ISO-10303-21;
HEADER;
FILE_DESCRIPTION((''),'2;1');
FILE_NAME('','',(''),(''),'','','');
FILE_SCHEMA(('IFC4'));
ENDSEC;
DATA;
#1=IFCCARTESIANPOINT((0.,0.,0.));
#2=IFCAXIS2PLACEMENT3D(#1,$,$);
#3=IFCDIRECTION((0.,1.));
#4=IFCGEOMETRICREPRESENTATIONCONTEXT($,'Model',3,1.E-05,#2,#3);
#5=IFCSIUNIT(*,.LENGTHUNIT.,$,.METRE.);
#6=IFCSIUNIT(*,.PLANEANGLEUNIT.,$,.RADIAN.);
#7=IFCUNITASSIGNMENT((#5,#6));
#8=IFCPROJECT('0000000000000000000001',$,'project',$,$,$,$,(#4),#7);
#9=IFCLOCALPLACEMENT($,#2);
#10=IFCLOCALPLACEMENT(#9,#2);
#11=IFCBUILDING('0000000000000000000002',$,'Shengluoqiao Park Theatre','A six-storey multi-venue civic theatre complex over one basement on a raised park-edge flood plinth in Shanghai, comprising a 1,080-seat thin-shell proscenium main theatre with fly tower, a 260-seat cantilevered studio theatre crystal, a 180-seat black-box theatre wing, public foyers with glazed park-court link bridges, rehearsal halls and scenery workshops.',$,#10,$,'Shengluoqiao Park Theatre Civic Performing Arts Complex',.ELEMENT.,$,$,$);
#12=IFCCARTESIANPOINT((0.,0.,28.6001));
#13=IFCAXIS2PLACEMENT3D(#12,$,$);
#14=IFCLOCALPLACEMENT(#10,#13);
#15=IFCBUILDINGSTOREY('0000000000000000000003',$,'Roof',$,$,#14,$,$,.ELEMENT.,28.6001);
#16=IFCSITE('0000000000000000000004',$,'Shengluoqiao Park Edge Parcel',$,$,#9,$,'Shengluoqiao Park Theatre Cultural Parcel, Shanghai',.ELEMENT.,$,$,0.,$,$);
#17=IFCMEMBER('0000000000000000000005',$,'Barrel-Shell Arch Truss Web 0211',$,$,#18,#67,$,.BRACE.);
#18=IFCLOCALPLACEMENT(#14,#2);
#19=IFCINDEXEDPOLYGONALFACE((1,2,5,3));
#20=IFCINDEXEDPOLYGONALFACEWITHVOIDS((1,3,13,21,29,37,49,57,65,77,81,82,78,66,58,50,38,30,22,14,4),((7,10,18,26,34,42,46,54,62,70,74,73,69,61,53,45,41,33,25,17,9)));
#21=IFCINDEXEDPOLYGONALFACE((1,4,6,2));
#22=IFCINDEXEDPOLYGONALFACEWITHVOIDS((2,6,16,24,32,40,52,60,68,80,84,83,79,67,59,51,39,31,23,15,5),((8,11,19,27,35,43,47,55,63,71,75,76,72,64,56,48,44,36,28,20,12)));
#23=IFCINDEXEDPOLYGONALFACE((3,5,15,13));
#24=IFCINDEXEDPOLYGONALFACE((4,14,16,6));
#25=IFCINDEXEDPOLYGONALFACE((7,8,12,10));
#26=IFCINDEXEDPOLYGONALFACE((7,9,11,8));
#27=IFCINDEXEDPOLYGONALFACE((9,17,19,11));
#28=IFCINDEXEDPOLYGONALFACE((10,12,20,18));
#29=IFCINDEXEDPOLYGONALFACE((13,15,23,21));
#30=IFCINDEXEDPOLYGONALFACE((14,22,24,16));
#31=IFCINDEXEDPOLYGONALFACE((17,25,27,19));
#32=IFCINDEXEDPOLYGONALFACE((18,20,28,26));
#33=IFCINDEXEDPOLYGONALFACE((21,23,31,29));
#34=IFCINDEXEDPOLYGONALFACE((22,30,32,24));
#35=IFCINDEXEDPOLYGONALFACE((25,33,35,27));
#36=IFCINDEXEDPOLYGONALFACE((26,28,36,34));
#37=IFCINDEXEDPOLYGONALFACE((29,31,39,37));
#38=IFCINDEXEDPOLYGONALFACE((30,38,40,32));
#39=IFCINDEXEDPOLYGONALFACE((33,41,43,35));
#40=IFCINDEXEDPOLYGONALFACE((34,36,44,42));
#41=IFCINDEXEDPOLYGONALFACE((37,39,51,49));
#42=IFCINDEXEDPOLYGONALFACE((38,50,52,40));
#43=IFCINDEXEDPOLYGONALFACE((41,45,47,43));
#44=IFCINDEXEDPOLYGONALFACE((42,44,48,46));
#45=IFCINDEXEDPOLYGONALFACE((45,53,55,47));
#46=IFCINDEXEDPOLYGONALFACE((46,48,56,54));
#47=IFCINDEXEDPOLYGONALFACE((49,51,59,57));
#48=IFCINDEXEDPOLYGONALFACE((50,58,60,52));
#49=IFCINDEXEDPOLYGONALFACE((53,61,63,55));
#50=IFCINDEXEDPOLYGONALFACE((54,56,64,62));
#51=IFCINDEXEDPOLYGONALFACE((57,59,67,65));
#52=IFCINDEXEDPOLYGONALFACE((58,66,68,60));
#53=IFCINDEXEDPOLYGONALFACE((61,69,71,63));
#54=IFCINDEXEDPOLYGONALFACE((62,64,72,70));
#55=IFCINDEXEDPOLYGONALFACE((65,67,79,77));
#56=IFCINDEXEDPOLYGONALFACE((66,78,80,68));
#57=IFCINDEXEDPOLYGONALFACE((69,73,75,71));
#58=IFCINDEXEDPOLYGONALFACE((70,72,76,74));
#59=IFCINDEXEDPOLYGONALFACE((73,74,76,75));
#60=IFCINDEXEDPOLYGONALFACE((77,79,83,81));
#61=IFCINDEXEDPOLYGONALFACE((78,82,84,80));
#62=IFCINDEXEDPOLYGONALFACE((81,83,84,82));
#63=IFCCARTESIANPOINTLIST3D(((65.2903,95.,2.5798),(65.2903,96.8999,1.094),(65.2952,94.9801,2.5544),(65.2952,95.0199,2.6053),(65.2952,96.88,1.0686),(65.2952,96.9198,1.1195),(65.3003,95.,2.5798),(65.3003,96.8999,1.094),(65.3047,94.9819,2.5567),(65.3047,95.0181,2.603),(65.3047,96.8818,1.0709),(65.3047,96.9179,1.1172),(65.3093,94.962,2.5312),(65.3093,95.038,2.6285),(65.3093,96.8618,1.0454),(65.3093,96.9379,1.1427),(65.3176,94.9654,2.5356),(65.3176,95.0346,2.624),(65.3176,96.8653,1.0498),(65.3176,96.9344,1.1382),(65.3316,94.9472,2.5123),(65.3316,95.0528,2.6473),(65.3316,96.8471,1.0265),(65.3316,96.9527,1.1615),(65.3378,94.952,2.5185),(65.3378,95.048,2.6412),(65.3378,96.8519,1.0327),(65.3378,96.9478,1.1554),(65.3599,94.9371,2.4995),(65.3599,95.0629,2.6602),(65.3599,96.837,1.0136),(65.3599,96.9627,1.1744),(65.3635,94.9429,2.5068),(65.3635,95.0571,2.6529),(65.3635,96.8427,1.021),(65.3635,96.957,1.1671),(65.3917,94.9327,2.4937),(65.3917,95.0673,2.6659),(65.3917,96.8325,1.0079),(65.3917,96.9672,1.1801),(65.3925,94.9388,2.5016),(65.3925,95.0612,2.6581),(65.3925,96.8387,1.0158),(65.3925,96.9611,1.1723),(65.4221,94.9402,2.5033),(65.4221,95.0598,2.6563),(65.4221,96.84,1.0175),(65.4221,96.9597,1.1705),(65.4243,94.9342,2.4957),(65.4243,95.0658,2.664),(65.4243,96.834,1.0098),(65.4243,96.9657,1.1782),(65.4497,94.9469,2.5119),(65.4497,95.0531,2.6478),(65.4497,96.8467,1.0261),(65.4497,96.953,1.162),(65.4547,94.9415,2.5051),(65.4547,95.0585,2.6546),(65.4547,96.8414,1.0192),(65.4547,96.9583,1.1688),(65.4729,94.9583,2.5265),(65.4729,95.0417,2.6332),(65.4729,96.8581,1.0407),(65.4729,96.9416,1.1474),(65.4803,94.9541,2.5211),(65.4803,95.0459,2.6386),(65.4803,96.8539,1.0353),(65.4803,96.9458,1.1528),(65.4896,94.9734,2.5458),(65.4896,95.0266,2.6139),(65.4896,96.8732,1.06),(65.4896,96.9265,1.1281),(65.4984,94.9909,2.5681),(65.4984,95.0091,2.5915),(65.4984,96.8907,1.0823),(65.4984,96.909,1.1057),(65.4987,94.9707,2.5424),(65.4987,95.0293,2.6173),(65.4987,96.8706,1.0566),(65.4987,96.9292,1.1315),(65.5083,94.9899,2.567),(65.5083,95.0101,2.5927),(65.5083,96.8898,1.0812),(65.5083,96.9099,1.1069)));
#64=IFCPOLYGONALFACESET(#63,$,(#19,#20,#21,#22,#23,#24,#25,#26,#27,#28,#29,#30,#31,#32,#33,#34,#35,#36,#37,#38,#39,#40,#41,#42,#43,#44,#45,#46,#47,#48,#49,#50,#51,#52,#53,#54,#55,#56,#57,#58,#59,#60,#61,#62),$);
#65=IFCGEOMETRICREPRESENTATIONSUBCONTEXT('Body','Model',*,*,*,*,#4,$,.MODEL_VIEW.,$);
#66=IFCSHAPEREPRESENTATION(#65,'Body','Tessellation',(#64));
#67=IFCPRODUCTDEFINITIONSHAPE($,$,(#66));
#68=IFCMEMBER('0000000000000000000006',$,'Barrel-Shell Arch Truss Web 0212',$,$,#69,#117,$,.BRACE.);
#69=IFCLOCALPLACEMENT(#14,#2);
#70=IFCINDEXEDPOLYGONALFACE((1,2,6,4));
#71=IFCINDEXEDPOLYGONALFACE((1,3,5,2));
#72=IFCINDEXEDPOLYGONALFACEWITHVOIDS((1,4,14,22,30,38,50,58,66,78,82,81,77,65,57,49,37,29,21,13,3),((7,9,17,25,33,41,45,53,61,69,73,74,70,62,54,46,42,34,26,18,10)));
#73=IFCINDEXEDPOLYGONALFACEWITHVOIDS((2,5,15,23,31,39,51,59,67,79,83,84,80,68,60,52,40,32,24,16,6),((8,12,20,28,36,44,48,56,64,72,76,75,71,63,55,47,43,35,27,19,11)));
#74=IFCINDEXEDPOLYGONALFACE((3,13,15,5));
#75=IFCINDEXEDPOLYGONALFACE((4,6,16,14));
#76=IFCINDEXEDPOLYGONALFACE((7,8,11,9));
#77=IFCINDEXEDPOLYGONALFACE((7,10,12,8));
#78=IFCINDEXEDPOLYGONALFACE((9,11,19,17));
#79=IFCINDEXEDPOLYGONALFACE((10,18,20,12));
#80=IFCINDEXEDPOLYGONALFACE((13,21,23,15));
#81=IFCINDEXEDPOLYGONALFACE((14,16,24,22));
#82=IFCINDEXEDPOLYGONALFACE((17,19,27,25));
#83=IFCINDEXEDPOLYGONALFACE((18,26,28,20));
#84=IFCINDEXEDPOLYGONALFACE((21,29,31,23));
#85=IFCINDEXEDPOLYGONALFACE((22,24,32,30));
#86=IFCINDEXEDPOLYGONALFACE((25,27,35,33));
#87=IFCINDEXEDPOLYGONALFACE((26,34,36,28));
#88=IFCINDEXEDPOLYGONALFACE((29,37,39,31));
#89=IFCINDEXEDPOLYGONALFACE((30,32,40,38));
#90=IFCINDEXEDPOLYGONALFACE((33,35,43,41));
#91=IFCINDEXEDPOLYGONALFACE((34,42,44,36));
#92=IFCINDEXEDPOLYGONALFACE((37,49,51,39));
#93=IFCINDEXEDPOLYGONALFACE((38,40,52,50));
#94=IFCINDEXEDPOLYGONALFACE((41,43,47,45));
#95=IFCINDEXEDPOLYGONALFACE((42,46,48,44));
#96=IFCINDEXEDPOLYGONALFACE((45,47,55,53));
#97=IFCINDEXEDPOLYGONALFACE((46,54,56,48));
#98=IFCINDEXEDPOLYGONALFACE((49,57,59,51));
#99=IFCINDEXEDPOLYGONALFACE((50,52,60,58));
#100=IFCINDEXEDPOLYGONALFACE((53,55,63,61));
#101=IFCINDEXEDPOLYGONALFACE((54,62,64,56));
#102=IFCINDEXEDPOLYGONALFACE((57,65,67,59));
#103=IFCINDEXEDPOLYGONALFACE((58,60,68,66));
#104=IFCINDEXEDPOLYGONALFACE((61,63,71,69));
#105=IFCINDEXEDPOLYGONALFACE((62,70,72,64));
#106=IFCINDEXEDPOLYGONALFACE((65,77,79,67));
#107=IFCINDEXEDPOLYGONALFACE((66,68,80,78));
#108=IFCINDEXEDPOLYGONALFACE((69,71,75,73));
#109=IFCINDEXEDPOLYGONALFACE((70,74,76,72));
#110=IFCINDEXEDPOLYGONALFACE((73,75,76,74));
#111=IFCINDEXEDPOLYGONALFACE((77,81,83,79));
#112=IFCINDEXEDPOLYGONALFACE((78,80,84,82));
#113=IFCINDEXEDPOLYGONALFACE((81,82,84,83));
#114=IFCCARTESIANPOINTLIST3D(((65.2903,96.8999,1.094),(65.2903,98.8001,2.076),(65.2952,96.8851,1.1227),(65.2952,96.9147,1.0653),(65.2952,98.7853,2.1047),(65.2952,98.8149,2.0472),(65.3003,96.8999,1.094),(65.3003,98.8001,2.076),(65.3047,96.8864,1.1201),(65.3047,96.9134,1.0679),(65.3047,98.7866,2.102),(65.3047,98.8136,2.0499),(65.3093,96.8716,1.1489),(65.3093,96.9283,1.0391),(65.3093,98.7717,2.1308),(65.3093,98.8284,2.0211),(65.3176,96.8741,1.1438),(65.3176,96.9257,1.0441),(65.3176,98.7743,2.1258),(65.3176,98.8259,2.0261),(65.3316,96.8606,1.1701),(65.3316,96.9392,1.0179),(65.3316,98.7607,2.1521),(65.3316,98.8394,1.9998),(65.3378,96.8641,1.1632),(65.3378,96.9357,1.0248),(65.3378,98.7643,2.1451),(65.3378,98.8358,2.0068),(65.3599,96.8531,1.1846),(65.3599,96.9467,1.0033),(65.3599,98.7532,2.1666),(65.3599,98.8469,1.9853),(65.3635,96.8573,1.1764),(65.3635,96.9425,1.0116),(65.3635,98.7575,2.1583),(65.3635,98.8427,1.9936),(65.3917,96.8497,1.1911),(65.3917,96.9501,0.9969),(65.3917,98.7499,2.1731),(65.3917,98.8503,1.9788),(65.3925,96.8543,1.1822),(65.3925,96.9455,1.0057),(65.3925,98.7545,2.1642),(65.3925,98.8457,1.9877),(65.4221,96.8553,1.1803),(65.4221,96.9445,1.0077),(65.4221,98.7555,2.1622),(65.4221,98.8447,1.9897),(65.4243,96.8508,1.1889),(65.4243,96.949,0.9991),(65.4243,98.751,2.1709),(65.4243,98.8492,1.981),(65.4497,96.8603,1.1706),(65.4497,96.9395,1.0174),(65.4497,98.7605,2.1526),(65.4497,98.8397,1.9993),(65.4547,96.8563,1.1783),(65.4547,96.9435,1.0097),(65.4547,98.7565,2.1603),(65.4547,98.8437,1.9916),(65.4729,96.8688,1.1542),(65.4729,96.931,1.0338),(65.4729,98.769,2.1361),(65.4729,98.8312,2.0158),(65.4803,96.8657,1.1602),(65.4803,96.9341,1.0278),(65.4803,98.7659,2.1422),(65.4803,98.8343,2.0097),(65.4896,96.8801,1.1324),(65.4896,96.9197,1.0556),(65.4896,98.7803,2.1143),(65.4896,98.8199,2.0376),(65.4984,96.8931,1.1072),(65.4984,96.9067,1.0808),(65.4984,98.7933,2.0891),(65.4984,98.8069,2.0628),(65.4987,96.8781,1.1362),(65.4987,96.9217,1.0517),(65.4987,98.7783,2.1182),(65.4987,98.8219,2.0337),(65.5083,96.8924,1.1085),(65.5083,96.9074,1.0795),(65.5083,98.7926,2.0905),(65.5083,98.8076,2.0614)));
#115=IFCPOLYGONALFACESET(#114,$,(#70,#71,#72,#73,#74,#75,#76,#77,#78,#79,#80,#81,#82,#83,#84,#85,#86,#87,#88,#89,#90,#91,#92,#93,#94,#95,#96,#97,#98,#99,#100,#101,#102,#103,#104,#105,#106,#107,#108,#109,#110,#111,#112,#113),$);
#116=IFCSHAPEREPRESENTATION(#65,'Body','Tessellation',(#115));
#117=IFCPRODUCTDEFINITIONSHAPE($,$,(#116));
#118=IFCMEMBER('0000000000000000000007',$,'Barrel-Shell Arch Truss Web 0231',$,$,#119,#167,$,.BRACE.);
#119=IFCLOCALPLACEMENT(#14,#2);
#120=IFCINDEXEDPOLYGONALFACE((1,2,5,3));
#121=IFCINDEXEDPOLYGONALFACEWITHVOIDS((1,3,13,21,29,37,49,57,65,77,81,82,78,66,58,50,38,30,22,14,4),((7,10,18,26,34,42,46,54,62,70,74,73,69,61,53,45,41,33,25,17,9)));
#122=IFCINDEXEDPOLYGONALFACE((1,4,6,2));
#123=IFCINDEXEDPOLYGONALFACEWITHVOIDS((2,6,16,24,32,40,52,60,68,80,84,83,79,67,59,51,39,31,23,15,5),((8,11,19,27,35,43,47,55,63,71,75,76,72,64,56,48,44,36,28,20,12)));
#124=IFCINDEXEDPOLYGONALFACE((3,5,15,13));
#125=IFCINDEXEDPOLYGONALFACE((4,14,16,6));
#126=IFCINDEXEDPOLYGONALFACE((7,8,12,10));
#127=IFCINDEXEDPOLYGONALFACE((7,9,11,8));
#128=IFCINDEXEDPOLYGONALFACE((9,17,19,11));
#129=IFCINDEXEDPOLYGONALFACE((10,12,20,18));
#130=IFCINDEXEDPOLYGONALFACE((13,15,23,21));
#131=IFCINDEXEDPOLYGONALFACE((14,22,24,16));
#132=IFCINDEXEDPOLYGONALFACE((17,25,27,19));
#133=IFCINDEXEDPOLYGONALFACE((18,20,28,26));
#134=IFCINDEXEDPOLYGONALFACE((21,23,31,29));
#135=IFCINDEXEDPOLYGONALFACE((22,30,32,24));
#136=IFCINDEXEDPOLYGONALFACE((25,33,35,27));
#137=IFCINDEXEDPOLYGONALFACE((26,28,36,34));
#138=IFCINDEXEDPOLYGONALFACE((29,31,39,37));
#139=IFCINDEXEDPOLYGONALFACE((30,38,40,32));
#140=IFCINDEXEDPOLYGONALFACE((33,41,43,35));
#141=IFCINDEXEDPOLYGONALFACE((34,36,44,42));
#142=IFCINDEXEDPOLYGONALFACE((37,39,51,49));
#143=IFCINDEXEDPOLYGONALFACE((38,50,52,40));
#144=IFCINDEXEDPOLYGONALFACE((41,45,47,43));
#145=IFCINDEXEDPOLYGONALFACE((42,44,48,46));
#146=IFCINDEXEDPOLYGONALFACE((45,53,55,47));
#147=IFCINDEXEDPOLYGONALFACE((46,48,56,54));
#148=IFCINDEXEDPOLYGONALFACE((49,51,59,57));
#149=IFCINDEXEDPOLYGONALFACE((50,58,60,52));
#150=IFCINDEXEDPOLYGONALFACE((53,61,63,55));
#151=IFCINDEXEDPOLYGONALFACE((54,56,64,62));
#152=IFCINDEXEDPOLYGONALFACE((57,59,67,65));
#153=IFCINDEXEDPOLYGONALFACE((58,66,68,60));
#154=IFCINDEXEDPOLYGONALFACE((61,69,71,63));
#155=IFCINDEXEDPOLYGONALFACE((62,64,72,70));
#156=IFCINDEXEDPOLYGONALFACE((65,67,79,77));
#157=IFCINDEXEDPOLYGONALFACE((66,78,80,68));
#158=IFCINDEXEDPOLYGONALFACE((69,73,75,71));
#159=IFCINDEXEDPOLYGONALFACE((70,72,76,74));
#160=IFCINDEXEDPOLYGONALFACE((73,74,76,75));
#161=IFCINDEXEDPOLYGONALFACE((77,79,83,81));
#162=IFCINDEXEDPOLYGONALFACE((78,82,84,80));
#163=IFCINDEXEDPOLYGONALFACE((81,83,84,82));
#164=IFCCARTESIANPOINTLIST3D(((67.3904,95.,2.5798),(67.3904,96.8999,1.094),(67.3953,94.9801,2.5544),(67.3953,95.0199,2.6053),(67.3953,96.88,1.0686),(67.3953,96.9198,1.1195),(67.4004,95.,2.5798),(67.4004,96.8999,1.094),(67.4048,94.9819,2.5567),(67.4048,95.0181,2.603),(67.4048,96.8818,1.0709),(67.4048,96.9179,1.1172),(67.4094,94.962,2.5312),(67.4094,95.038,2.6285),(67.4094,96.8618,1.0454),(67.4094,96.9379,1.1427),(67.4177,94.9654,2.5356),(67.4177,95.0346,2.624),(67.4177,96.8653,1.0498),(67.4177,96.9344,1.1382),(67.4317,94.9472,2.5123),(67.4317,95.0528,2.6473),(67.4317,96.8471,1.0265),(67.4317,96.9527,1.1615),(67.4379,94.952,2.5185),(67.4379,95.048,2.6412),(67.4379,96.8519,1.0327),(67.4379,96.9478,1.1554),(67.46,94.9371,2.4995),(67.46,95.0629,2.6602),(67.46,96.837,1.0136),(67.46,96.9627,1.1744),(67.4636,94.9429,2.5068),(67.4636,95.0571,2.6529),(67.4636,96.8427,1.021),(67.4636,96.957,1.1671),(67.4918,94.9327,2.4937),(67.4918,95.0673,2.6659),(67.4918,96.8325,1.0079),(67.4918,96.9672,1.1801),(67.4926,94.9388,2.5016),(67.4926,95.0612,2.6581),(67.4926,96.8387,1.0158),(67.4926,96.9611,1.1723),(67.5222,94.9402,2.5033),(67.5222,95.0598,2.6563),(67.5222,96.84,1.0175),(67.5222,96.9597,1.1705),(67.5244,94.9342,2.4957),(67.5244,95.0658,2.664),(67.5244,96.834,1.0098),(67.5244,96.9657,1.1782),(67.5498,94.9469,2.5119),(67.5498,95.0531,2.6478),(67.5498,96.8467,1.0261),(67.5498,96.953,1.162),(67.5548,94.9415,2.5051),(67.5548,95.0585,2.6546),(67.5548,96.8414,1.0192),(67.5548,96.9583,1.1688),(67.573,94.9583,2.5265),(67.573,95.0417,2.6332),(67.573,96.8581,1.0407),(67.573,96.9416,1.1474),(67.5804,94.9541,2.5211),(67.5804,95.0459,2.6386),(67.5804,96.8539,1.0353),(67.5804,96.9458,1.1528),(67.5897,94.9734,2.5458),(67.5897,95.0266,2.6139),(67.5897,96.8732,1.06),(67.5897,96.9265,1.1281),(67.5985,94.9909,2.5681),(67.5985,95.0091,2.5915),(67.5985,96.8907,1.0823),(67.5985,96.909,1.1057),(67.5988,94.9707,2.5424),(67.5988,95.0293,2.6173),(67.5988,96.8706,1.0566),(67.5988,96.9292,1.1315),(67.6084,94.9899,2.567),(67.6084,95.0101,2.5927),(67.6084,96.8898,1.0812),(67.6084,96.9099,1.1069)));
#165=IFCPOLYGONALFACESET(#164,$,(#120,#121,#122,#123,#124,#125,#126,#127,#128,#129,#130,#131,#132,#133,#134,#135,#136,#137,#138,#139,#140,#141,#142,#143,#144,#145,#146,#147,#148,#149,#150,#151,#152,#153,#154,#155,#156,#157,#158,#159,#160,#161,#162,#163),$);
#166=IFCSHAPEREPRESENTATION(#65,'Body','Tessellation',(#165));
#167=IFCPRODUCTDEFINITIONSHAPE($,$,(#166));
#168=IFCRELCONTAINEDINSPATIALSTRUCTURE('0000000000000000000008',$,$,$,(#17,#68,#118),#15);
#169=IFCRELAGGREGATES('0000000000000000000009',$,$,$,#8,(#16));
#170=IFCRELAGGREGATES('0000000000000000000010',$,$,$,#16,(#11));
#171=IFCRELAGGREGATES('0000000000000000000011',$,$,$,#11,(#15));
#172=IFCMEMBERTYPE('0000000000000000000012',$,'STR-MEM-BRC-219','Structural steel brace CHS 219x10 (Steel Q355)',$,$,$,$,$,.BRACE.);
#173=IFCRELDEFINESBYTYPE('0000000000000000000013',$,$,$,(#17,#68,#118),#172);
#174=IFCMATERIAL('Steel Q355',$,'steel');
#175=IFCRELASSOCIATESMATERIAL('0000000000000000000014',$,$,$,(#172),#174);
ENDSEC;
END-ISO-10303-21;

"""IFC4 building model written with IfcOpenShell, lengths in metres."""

from ifc_helpers import new_model, si_unit, direction, frame, origin, origin_2d, place, context, subcontext, project, spatial, hollow_circle, extrude, material, material_profile, profile_set, type_object, element, save


model = new_model("IFC4")

# Units and contexts
model_context = context("Model", 3, precision=1e-05, world=origin(), true_north=direction((0.0, 1.0)))
body_context = subcontext(model_context, "Body", "Model", "MODEL_VIEW")
ifc_project = project(units=[si_unit("LENGTHUNIT", "METRE"), si_unit("PLANEANGLEUNIT", "RADIAN")], contexts=[model_context])

# Site, building, storey
site_placement = place(None, origin())
site = spatial("IfcSite", under=ifc_project, at=site_placement, Name="Shengluoqiao Park Edge Parcel", LongName="Shengluoqiao Park Theatre Cultural Parcel, Shanghai", CompositionType="ELEMENT", RefElevation=0.0)
building_placement = place(site_placement, origin())
building = spatial("IfcBuilding", under=site, at=building_placement, Name="Shengluoqiao Park Theatre", Description="A six-storey multi-venue civic theatre complex over one basement on a raised park-edge flood plinth in Shanghai, comprising a 1,080-seat thin-shell proscenium main theatre with fly tower, a 260-seat cantilevered studio theatre crystal, a 180-seat black-box theatre wing, public foyers with glazed park-court link bridges, rehearsal halls and scenery workshops.", LongName="Shengluoqiao Park Theatre Civic Performing Arts Complex", CompositionType="ELEMENT")
storey_placement = place(building_placement, frame((0.0, 0.0, 28.6001)))
storey = spatial("IfcBuildingStorey", under=building, at=storey_placement, Name="Roof", CompositionType="ELEMENT", Elevation=28.6001)

# Shared definitions
ifc_material_1 = material(Name="Steel Q355", Category="steel")

# Members
ifc_material_profile_1 = material_profile(ifc_material_1, hollow_circle(Radius=0.1096, WallThickness=0.01, at=origin_2d()), Name="CHS 219x10")
ifc_profile_set_1 = profile_set([ifc_material_profile_1], Name="Steel Q355")
member_type_1 = type_object("IfcMemberType", Name="STR-MEM-BRC-219", Description="Structural steel brace CHS 219x10 (Steel Q355)", PredefinedType="BRACE", material=ifc_profile_set_1)
for number, where, z_axis, x_axis, name in (
    (1, (65.3999, 95.0, 2.5798), (0.0, 0.787714, -0.616041), (-1.0, 0.0, 0.0), "Barrel-Shell Arch Truss Web 0211"),
):
    element("IfcMember", number, at=place(storey_placement, frame(where, z_axis=z_axis, x_axis=x_axis)), inside=storey, type_object=member_type_1, Name=name, PredefinedType="BRACE", context=body_context, shape_type="SweptSolid", body=[
        extrude(hollow_circle(Radius=0.1096, WallThickness=0.01, at=origin_2d()), origin(), (0.0, 0.0, 1.0), 2.4119),
    ])
member_1_placement = place(storey_placement, frame((65.3999, 96.8999, 1.094), z_axis=(0.0, 0.888389, 0.459091), x_axis=(-1.0, 0.0, 0.0)))
element("IfcMember", 2, at=member_1_placement, inside=storey, type_object=member_type_1, Name="Barrel-Shell Arch Truss Web 0212", PredefinedType="BRACE", context=body_context, shape_type="SweptSolid", body=[
    extrude(hollow_circle(Radius=0.1096, WallThickness=0.01, at=origin_2d()), origin(), (0.0, 0.0, 1.0), 2.1389),
])
member_2_placement = place(storey_placement, frame((67.5, 95.0, 2.5798), z_axis=(0.0, 0.787714, -0.616041), x_axis=(-1.0, 0.0, 0.0)))
element("IfcMember", 3, at=member_2_placement, inside=storey, type_object=member_type_1, Name="Barrel-Shell Arch Truss Web 0231", PredefinedType="BRACE", context=body_context, shape_type="SweptSolid", body=[
    extrude(hollow_circle(Radius=0.1096, WallThickness=0.01, at=origin_2d()), origin(), (0.0, 0.0, 1.0), 2.4119),
])

save(model, "model.ifc")
